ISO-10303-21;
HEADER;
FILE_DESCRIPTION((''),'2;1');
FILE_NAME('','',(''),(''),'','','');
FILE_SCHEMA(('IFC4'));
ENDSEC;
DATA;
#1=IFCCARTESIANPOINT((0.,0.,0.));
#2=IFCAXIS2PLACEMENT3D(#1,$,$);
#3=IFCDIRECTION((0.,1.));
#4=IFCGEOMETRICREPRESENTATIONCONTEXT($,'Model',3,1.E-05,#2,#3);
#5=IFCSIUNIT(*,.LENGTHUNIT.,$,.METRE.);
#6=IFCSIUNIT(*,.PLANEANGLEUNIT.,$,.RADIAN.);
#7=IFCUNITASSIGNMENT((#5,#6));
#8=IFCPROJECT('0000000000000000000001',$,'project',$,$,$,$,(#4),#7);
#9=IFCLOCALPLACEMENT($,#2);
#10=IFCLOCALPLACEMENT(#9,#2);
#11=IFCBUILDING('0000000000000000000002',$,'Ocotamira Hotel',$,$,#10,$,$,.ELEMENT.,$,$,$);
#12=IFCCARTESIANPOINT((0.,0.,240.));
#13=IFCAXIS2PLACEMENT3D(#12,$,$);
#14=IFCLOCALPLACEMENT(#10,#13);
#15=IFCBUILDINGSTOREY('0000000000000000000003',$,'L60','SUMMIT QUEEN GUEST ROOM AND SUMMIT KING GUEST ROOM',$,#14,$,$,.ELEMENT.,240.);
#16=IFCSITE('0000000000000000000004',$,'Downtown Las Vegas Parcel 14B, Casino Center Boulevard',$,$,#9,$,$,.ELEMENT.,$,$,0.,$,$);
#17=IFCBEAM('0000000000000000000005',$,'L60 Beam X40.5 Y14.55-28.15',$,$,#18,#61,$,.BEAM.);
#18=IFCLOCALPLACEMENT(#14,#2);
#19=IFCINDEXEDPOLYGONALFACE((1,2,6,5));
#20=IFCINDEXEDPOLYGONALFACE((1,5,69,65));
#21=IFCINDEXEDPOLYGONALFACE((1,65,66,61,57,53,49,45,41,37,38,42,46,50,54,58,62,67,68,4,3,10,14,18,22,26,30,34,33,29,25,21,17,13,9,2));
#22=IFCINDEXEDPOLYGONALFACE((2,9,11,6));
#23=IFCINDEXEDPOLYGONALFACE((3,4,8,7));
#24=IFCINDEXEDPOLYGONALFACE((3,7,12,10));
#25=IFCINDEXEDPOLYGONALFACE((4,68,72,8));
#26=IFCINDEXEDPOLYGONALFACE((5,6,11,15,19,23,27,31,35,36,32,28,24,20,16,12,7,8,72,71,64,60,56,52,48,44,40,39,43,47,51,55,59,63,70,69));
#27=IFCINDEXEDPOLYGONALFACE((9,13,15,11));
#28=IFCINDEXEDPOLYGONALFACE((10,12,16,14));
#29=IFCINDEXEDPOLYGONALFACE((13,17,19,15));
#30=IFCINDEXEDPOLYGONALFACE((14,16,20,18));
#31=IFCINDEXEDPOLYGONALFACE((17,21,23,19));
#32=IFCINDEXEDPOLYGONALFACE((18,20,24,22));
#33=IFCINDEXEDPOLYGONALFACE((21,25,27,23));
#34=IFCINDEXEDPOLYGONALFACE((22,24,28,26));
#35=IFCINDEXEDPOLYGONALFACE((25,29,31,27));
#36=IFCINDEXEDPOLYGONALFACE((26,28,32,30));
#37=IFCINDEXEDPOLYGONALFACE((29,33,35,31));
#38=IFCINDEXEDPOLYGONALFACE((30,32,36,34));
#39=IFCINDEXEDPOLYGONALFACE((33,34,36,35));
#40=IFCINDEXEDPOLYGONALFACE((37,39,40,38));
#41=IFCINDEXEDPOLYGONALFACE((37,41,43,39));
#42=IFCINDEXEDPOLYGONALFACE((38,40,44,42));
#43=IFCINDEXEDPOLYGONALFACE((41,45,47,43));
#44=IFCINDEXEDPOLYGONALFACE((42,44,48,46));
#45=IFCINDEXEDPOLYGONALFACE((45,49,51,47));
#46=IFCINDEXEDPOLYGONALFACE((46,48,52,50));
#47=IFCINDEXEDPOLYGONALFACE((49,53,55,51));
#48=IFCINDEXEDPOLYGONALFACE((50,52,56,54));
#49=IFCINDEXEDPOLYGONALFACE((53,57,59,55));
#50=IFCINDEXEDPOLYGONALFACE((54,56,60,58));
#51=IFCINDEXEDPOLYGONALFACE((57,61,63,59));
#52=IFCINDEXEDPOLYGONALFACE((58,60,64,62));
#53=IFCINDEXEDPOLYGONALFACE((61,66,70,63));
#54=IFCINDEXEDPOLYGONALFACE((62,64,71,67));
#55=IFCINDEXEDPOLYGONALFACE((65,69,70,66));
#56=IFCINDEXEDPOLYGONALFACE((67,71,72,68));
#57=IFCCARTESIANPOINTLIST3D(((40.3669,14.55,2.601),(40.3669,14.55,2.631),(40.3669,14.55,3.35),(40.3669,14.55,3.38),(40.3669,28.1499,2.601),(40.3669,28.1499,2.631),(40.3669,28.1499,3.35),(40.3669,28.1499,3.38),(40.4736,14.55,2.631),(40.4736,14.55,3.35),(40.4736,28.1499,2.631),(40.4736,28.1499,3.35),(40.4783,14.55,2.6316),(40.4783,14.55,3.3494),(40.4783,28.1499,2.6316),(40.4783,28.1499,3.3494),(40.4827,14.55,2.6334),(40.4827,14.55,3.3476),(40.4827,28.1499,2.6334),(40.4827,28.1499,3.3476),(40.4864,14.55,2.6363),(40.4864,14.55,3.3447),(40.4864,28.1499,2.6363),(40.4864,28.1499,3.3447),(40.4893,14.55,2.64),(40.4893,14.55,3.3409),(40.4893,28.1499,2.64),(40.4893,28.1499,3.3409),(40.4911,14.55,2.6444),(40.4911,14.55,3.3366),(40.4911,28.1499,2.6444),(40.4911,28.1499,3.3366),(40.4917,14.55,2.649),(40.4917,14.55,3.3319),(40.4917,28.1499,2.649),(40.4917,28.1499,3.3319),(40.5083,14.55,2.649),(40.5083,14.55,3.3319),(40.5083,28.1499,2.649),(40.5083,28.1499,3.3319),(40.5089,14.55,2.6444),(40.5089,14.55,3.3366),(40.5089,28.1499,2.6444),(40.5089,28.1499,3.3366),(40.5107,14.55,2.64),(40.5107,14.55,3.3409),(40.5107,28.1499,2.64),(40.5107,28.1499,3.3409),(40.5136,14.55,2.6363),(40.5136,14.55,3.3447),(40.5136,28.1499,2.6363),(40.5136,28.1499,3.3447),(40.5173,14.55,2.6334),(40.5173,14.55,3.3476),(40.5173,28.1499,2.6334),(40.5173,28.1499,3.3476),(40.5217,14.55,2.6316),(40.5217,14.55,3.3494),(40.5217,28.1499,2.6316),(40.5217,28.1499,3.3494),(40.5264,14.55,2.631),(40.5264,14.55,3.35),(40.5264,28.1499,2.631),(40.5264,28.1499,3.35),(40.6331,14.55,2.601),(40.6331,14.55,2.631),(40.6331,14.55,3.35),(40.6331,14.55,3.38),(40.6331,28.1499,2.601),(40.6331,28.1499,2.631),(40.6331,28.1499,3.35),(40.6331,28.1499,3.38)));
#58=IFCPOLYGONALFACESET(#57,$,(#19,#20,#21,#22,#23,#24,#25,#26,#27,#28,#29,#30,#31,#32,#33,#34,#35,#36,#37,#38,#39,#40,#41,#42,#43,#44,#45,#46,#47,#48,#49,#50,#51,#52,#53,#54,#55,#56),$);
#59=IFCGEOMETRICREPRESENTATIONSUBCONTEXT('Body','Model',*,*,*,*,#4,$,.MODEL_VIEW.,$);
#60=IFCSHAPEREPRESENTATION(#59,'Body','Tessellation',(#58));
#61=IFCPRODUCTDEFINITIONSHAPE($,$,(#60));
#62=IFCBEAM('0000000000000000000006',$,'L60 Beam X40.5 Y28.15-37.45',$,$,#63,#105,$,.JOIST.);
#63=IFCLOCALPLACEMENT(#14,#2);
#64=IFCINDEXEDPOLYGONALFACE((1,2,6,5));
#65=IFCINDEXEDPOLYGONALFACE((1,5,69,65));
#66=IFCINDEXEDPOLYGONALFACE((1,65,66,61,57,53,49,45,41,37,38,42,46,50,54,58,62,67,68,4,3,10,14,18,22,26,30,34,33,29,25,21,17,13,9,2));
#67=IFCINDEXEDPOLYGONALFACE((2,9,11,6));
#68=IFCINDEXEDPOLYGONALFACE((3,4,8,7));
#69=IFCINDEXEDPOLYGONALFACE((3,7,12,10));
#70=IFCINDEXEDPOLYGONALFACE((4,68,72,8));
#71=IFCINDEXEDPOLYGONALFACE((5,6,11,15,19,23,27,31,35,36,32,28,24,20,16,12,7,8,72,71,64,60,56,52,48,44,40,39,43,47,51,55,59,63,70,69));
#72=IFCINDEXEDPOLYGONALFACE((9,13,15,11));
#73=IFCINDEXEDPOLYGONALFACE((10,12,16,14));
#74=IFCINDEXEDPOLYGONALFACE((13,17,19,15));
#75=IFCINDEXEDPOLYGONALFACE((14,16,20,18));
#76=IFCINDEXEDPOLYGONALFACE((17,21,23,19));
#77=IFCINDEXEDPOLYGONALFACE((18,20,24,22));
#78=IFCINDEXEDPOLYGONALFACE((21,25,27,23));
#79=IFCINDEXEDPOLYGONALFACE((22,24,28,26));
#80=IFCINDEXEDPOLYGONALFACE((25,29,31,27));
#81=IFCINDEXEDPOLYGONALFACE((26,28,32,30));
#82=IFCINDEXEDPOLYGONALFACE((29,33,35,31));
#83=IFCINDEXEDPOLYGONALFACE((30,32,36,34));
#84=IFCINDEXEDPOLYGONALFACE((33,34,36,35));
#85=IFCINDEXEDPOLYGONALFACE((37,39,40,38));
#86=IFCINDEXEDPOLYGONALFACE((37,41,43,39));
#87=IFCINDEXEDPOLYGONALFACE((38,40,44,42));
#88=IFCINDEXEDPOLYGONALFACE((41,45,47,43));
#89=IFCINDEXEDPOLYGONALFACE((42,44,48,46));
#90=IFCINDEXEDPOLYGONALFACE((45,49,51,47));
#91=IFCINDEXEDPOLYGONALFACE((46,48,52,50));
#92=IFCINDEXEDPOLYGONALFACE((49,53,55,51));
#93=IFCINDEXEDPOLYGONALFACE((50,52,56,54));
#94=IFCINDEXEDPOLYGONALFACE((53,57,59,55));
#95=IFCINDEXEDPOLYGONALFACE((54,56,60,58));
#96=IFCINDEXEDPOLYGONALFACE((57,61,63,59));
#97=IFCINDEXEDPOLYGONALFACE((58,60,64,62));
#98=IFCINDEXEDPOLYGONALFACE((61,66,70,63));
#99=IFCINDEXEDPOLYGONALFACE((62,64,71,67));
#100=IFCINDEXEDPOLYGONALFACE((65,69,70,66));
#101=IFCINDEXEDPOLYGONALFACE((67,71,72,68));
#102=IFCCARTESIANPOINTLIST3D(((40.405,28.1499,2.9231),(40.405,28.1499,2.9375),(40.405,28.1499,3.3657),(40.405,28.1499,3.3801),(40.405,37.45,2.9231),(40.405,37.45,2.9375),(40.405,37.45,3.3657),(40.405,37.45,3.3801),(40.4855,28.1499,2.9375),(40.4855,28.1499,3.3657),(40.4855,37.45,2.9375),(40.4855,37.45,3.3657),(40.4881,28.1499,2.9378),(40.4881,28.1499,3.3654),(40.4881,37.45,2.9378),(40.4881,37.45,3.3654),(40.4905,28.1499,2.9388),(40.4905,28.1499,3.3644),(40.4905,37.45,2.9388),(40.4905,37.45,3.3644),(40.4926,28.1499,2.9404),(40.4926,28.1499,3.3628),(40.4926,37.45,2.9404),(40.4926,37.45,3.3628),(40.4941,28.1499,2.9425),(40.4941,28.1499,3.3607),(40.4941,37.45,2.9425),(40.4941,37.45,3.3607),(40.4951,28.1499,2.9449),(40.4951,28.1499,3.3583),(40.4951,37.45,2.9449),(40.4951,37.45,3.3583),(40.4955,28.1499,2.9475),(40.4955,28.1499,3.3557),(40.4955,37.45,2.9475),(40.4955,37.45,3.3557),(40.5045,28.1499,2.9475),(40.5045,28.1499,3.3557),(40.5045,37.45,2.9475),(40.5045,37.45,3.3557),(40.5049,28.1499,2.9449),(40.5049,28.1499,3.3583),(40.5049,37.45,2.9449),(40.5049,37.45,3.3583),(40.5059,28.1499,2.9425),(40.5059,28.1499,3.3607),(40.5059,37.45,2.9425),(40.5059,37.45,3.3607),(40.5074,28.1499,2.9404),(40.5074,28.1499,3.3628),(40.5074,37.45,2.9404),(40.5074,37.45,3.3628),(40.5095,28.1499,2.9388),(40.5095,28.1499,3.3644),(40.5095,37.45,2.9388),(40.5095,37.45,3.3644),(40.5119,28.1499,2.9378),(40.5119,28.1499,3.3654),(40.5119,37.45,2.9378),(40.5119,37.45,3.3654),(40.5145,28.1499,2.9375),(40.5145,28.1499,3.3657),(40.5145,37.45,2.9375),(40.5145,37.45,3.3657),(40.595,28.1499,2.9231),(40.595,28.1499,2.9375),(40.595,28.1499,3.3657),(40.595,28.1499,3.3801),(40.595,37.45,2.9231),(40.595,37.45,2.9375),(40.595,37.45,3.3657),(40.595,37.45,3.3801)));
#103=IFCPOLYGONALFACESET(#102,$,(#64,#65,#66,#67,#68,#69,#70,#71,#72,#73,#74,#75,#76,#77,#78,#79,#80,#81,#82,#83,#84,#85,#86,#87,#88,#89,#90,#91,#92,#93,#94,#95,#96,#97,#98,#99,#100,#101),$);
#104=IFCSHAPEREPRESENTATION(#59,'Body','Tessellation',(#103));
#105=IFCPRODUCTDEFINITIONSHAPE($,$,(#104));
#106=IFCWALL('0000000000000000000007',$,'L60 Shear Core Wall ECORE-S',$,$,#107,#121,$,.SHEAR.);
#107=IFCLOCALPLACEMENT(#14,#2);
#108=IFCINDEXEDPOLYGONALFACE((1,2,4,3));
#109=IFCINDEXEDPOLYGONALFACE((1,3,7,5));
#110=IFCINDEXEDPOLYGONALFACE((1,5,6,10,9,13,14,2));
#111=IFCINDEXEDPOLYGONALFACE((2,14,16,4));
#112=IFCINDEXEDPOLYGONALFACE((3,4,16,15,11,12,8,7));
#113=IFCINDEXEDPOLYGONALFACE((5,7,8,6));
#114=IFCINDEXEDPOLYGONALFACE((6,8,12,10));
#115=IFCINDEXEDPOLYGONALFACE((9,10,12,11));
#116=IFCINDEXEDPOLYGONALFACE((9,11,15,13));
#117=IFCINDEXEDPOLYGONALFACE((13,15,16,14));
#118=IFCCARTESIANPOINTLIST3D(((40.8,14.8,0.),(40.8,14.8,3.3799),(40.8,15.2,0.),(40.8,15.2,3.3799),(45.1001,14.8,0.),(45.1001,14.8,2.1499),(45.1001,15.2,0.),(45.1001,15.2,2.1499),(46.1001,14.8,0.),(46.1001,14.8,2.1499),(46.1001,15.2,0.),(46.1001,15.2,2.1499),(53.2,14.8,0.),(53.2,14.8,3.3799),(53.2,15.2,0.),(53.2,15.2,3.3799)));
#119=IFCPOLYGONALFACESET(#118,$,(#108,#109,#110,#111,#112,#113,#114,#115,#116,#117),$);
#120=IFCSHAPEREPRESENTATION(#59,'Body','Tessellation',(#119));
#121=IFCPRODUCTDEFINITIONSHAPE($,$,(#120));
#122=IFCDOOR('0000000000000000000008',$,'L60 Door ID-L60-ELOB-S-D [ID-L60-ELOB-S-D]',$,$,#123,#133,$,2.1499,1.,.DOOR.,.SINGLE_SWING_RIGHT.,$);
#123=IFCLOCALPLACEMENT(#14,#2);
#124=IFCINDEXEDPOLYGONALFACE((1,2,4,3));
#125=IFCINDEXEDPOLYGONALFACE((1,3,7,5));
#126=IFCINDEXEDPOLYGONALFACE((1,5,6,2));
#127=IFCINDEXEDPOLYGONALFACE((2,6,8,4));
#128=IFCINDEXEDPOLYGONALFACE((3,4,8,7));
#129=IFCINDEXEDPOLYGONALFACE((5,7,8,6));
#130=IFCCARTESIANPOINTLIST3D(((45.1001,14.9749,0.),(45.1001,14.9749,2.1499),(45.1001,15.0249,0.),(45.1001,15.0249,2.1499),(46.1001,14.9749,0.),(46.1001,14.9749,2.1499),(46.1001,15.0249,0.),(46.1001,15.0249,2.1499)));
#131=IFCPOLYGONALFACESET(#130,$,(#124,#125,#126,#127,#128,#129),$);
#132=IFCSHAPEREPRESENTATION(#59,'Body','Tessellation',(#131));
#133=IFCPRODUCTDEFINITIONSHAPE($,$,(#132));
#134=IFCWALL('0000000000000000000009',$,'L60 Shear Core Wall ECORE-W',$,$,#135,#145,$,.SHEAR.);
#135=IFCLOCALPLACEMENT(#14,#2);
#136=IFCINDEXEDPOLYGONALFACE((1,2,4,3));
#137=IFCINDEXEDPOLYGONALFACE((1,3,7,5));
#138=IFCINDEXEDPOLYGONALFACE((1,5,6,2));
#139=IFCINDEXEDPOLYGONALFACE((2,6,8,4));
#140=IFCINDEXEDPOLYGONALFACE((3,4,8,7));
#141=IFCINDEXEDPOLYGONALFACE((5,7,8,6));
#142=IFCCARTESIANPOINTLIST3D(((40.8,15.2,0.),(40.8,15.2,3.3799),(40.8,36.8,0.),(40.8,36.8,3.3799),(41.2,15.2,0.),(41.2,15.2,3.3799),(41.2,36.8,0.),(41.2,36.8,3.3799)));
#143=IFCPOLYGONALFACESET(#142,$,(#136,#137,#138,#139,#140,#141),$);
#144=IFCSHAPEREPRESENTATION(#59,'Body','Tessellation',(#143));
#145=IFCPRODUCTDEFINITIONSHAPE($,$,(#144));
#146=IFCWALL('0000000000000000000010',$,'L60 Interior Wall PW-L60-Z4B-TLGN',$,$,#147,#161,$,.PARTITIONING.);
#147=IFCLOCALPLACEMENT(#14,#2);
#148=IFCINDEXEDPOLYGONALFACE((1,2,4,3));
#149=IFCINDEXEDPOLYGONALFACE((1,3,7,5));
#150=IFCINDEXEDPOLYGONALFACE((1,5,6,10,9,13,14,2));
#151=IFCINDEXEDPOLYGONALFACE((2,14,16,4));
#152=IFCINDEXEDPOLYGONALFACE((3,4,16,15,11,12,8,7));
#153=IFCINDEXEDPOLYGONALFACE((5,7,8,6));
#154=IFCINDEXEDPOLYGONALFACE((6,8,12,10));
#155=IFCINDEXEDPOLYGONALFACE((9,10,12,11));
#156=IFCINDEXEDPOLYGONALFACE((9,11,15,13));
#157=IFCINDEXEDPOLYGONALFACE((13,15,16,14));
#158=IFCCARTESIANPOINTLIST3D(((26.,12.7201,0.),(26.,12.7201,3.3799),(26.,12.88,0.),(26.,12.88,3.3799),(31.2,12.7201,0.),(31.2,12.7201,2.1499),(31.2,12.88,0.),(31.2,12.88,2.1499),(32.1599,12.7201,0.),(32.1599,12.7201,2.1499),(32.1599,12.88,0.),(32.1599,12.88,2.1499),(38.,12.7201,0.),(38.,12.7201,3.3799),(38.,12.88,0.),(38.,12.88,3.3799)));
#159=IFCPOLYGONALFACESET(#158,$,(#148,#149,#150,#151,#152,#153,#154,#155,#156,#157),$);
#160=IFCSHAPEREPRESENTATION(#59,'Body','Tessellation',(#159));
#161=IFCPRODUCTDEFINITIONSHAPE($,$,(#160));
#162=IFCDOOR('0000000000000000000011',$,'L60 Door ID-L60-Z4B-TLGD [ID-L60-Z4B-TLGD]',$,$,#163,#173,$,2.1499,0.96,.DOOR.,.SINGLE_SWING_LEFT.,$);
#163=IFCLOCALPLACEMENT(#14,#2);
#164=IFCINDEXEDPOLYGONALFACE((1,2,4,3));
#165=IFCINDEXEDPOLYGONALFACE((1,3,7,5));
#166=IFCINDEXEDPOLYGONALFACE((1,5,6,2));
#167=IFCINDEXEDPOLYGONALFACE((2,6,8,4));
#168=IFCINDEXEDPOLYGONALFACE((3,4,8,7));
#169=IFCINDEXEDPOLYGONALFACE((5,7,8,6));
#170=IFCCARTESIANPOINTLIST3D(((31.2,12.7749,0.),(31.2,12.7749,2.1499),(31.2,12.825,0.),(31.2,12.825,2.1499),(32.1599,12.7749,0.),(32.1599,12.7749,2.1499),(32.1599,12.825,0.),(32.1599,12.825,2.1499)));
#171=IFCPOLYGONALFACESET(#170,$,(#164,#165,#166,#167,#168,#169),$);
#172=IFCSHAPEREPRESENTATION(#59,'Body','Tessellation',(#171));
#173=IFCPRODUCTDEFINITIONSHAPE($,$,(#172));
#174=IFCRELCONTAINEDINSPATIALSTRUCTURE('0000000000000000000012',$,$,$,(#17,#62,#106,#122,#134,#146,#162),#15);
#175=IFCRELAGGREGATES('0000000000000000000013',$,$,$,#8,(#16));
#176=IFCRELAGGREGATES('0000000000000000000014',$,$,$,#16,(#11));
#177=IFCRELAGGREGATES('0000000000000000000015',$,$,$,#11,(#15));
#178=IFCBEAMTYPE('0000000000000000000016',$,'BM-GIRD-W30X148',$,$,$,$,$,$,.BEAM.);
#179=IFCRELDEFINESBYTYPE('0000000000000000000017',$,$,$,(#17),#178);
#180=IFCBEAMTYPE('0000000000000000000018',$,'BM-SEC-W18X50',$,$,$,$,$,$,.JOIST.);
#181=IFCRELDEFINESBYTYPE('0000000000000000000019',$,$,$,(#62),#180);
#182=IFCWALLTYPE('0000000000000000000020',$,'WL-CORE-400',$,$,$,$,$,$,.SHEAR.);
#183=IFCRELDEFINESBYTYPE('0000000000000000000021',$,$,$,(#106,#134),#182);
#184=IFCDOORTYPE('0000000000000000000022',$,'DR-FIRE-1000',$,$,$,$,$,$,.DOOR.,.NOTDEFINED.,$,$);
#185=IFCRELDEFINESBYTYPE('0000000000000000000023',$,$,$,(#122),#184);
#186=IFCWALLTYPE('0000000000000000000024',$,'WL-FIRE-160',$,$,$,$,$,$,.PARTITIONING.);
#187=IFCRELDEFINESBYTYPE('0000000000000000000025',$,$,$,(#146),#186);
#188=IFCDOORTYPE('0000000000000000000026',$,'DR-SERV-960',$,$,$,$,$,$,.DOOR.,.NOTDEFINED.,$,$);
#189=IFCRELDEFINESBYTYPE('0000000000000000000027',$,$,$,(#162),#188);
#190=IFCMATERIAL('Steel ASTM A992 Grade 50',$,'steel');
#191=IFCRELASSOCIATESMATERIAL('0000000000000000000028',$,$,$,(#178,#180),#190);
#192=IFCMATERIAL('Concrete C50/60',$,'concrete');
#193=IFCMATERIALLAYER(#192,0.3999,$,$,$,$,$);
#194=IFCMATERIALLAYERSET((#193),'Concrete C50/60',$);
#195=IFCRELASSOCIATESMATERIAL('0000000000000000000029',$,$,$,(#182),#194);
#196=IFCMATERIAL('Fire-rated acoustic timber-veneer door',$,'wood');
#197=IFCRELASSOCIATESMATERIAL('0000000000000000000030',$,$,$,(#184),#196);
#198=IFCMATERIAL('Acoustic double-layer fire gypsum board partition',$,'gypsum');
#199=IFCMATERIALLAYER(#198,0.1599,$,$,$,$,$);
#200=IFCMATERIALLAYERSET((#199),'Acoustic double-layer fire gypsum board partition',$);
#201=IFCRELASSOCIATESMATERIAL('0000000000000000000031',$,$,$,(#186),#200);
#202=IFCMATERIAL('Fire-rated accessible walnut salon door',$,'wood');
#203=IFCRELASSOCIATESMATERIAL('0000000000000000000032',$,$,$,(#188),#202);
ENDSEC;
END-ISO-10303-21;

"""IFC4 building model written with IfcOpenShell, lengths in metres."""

from ifc_helpers import new_model, si_unit, direction, frame, frame_2d, origin, origin_2d, place, context, subcontext, project, spatial, rectangle, i_section, extrude, source, transform, mapped, material, layer, layer_set, material_profile, profile_set, type_object, element, fill, save


model = new_model("IFC4")

# Units and contexts
model_context = context("Model", 3, precision=1e-05, world=origin(), true_north=direction((0.0, 1.0)))
body_context = subcontext(model_context, "Body", "Model", "MODEL_VIEW")
ifc_project = project(units=[si_unit("LENGTHUNIT", "METRE"), si_unit("PLANEANGLEUNIT", "RADIAN")], contexts=[model_context])

# Site, building, storey
site_placement = place(None, origin())
site = spatial("IfcSite", under=ifc_project, at=site_placement, Name="Downtown Las Vegas Parcel 14B, Casino Center Boulevard", CompositionType="ELEMENT", RefElevation=0.0)
building_placement = place(site_placement, origin())
building = spatial("IfcBuilding", under=site, at=building_placement, Name="Ocotamira Hotel", CompositionType="ELEMENT")
storey_placement = place(building_placement, frame((0.0, 0.0, 240.0)))
storey = spatial("IfcBuildingStorey", under=building, at=storey_placement, Name="L60", Description="SUMMIT QUEEN GUEST ROOM AND SUMMIT KING GUEST ROOM", CompositionType="ELEMENT", Elevation=240.0)

# Beams
ifc_material_1 = material(Name="Steel ASTM A992 Grade 50", Category="steel")
ifc_material_profile_1 = material_profile(ifc_material_1, i_section(OverallWidth=0.2661, OverallDepth=0.7791, WebThickness=0.0166, FlangeThickness=0.03, FilletRadius=0.0181, at=origin_2d()), Name="W30X148")
ifc_profile_set_1 = profile_set([ifc_material_profile_1], Name="Steel ASTM A992 Grade 50")
beam_type_1 = type_object("IfcBeamType", Name="BM-GIRD-W30X148", PredefinedType="BEAM", material=ifc_profile_set_1)
shared_shape_1 = source(origin(), body_context, "Body", "SweptSolid", [
    extrude(i_section(OverallWidth=0.2661, OverallDepth=0.7791, WebThickness=0.0166, FlangeThickness=0.03, FilletRadius=0.0181, at=origin_2d()), origin(), (0.0, 0.0, 1.0), 13.5999),
])
beam_1_placement = place(storey_placement, frame((40.5, 14.55, 2.9905), z_axis=(0.0, 1.0, 0.0), x_axis=(-1.0, 0.0, 0.0)))
element("IfcBeam", 1, at=beam_1_placement, inside=storey, type_object=beam_type_1, Name="L60 Beam X40.5 Y14.55-28.15", PredefinedType="BEAM", context=body_context, shape_type="MappedRepresentation", body=[
    mapped(shared_shape_1, transform((0.0, 0.0, 0.0), scale=1.0)),
])
ifc_material_profile_2 = material_profile(ifc_material_1, i_section(OverallWidth=0.1899, OverallDepth=0.457, WebThickness=0.009, FlangeThickness=0.0144, FilletRadius=0.01, at=origin_2d()), Name="W18X50")
ifc_profile_set_2 = profile_set([ifc_material_profile_2], Name="Steel ASTM A992 Grade 50")
beam_type_2 = type_object("IfcBeamType", Name="BM-SEC-W18X50", PredefinedType="JOIST", material=ifc_profile_set_2)
shared_shape_2 = source(origin(), body_context, "Body", "SweptSolid", [
    extrude(i_section(OverallWidth=0.1899, OverallDepth=0.457, WebThickness=0.009, FlangeThickness=0.0144, FilletRadius=0.01, at=origin_2d()), origin(), (0.0, 0.0, 1.0), 9.3),
])
beam_2_placement = place(storey_placement, frame((40.5, 28.1499, 3.1516), z_axis=(0.0, 1.0, 0.0), x_axis=(-1.0, 0.0, 0.0)))
element("IfcBeam", 2, at=beam_2_placement, inside=storey, type_object=beam_type_2, Name="L60 Beam X40.5 Y28.15-37.45", PredefinedType="JOIST", context=body_context, shape_type="MappedRepresentation", body=[
    mapped(shared_shape_2, transform((0.0, 0.0, 0.0), scale=1.0)),
])

# Wall, opening, door
ifc_material_2 = material(Name="Concrete C50/60", Category="concrete")
ifc_layer_1 = layer(ifc_material_2, 0.3999)
ifc_layer_set_1 = layer_set([ifc_layer_1], Name="Concrete C50/60")
wall_type_1 = type_object("IfcWallType", Name="WL-CORE-400", PredefinedType="SHEAR", material=ifc_layer_set_1)
wall_1_placement = place(storey_placement, frame((40.8, 15.0, 0.0), z_axis=(0.0, 0.0, 1.0), x_axis=(1.0, 0.0, 0.0)))
wall_1 = element("IfcWall", 3, at=wall_1_placement, inside=storey, type_object=wall_type_1, Name="L60 Shear Core Wall ECORE-S", PredefinedType="SHEAR", context=body_context, shape_type="SweptSolid", body=[
    extrude(rectangle(XDim=12.3999, YDim=0.3999, at=frame_2d((6.2, 0.0))), origin(), (0.0, 0.0, 1.0), 3.3799),
])
opening_1_placement = place(wall_1_placement, frame((4.3, 0.0, 0.0)))
opening_1 = element("IfcOpeningElement", 4, at=opening_1_placement, cuts=wall_1, PredefinedType="OPENING", context=body_context, shape_type="SweptSolid", body=[
    extrude(rectangle(XDim=1.0, YDim=2.1499, at=frame_2d((0.5, 1.075))), frame((0.0, 0.21, 0.0), z_axis=(0.0, -1.0, 0.0), x_axis=(1.0, 0.0, 0.0)), (0.0, 0.0, 1.0), 0.4199),
])
ifc_material_3 = material(Name="Fire-rated acoustic timber-veneer door", Category="wood")
door_type_1 = type_object("IfcDoorType", Name="DR-FIRE-1000", OperationType="NOTDEFINED", PredefinedType="DOOR", material=ifc_material_3)
shared_shape_3 = source(origin(), body_context, "Body", "SweptSolid", [
    extrude(rectangle(XDim=1.0, YDim=2.1499, at=frame_2d((0.5, 1.075))), frame((0.0, 0.0249, 0.0), z_axis=(0.0, -1.0, 0.0), x_axis=(1.0, 0.0, 0.0)), (0.0, 0.0, 1.0), 0.05),
])
door_1_placement = place(opening_1_placement, origin())
door_1 = element("IfcDoor", 5, at=door_1_placement, inside=storey, type_object=door_type_1, Name="L60 Door ID-L60-ELOB-S-D [ID-L60-ELOB-S-D]", OperationType="SINGLE_SWING_RIGHT", OverallHeight=2.1499, OverallWidth=1.0, PredefinedType="DOOR", context=body_context, shape_type="MappedRepresentation", body=[
    mapped(shared_shape_3, transform((0.0, 0.0, 0.0), scale=1.0)),
])
fill(opening_1, door_1)

# Wall
wall_2_placement = place(storey_placement, frame((41.0, 15.2, 0.0), z_axis=(0.0, 0.0, 1.0), x_axis=(0.0, 1.0, 0.0)))
element("IfcWall", 6, at=wall_2_placement, inside=storey, type_object=wall_type_1, Name="L60 Shear Core Wall ECORE-W", PredefinedType="SHEAR", context=body_context, shape_type="SweptSolid", body=[
    extrude(rectangle(XDim=21.6001, YDim=0.3999, at=frame_2d((10.8, 0.0))), origin(), (0.0, 0.0, 1.0), 3.3799),
])

# Wall, opening, door
ifc_material_4 = material(Name="Acoustic double-layer fire gypsum board partition", Category="gypsum")
ifc_layer_2 = layer(ifc_material_4, 0.1599)
ifc_layer_set_2 = layer_set([ifc_layer_2], Name="Acoustic double-layer fire gypsum board partition")
wall_type_2 = type_object("IfcWallType", Name="WL-FIRE-160", PredefinedType="PARTITIONING", material=ifc_layer_set_2)
wall_3_placement = place(storey_placement, frame((26.0, 12.8, 0.0), z_axis=(0.0, 0.0, 1.0), x_axis=(1.0, 0.0, 0.0)))
wall_3 = element("IfcWall", 7, at=wall_3_placement, inside=storey, type_object=wall_type_2, Name="L60 Interior Wall PW-L60-Z4B-TLGN", PredefinedType="PARTITIONING", context=body_context, shape_type="SweptSolid", body=[
    extrude(rectangle(XDim=12.0, YDim=0.1599, at=frame_2d((6.0, 0.0))), origin(), (0.0, 0.0, 1.0), 3.3799),
])
opening_2_placement = place(wall_3_placement, frame((5.2, 0.0, 0.0)))
opening_2 = element("IfcOpeningElement", 8, at=opening_2_placement, cuts=wall_3, PredefinedType="OPENING", context=body_context, shape_type="SweptSolid", body=[
    extrude(rectangle(XDim=0.96, YDim=2.1499, at=frame_2d((0.48, 1.075))), frame((0.0, 0.0898, 0.0), z_axis=(0.0, -1.0, 0.0), x_axis=(1.0, 0.0, 0.0)), (0.0, 0.0, 1.0), 0.1799),
])
ifc_material_5 = material(Name="Fire-rated accessible walnut salon door", Category="wood")
door_type_2 = type_object("IfcDoorType", Name="DR-SERV-960", OperationType="NOTDEFINED", PredefinedType="DOOR", material=ifc_material_5)
shared_shape_4 = source(origin(), body_context, "Body", "SweptSolid", [
    extrude(rectangle(XDim=0.96, YDim=2.1499, at=frame_2d((0.48, 1.075))), frame((0.0, 0.0249, 0.0), z_axis=(0.0, -1.0, 0.0), x_axis=(1.0, 0.0, 0.0)), (0.0, 0.0, 1.0), 0.05),
])
door_2_placement = place(opening_2_placement, origin())
door_2 = element("IfcDoor", 9, at=door_2_placement, inside=storey, type_object=door_type_2, Name="L60 Door ID-L60-Z4B-TLGD [ID-L60-Z4B-TLGD]", OperationType="SINGLE_SWING_LEFT", OverallHeight=2.1499, OverallWidth=0.96, PredefinedType="DOOR", context=body_context, shape_type="MappedRepresentation", body=[
    mapped(shared_shape_4, transform((0.0, 0.0, 0.0), scale=1.0)),
])
fill(opening_2, door_2)

save(model, "model.ifc")
